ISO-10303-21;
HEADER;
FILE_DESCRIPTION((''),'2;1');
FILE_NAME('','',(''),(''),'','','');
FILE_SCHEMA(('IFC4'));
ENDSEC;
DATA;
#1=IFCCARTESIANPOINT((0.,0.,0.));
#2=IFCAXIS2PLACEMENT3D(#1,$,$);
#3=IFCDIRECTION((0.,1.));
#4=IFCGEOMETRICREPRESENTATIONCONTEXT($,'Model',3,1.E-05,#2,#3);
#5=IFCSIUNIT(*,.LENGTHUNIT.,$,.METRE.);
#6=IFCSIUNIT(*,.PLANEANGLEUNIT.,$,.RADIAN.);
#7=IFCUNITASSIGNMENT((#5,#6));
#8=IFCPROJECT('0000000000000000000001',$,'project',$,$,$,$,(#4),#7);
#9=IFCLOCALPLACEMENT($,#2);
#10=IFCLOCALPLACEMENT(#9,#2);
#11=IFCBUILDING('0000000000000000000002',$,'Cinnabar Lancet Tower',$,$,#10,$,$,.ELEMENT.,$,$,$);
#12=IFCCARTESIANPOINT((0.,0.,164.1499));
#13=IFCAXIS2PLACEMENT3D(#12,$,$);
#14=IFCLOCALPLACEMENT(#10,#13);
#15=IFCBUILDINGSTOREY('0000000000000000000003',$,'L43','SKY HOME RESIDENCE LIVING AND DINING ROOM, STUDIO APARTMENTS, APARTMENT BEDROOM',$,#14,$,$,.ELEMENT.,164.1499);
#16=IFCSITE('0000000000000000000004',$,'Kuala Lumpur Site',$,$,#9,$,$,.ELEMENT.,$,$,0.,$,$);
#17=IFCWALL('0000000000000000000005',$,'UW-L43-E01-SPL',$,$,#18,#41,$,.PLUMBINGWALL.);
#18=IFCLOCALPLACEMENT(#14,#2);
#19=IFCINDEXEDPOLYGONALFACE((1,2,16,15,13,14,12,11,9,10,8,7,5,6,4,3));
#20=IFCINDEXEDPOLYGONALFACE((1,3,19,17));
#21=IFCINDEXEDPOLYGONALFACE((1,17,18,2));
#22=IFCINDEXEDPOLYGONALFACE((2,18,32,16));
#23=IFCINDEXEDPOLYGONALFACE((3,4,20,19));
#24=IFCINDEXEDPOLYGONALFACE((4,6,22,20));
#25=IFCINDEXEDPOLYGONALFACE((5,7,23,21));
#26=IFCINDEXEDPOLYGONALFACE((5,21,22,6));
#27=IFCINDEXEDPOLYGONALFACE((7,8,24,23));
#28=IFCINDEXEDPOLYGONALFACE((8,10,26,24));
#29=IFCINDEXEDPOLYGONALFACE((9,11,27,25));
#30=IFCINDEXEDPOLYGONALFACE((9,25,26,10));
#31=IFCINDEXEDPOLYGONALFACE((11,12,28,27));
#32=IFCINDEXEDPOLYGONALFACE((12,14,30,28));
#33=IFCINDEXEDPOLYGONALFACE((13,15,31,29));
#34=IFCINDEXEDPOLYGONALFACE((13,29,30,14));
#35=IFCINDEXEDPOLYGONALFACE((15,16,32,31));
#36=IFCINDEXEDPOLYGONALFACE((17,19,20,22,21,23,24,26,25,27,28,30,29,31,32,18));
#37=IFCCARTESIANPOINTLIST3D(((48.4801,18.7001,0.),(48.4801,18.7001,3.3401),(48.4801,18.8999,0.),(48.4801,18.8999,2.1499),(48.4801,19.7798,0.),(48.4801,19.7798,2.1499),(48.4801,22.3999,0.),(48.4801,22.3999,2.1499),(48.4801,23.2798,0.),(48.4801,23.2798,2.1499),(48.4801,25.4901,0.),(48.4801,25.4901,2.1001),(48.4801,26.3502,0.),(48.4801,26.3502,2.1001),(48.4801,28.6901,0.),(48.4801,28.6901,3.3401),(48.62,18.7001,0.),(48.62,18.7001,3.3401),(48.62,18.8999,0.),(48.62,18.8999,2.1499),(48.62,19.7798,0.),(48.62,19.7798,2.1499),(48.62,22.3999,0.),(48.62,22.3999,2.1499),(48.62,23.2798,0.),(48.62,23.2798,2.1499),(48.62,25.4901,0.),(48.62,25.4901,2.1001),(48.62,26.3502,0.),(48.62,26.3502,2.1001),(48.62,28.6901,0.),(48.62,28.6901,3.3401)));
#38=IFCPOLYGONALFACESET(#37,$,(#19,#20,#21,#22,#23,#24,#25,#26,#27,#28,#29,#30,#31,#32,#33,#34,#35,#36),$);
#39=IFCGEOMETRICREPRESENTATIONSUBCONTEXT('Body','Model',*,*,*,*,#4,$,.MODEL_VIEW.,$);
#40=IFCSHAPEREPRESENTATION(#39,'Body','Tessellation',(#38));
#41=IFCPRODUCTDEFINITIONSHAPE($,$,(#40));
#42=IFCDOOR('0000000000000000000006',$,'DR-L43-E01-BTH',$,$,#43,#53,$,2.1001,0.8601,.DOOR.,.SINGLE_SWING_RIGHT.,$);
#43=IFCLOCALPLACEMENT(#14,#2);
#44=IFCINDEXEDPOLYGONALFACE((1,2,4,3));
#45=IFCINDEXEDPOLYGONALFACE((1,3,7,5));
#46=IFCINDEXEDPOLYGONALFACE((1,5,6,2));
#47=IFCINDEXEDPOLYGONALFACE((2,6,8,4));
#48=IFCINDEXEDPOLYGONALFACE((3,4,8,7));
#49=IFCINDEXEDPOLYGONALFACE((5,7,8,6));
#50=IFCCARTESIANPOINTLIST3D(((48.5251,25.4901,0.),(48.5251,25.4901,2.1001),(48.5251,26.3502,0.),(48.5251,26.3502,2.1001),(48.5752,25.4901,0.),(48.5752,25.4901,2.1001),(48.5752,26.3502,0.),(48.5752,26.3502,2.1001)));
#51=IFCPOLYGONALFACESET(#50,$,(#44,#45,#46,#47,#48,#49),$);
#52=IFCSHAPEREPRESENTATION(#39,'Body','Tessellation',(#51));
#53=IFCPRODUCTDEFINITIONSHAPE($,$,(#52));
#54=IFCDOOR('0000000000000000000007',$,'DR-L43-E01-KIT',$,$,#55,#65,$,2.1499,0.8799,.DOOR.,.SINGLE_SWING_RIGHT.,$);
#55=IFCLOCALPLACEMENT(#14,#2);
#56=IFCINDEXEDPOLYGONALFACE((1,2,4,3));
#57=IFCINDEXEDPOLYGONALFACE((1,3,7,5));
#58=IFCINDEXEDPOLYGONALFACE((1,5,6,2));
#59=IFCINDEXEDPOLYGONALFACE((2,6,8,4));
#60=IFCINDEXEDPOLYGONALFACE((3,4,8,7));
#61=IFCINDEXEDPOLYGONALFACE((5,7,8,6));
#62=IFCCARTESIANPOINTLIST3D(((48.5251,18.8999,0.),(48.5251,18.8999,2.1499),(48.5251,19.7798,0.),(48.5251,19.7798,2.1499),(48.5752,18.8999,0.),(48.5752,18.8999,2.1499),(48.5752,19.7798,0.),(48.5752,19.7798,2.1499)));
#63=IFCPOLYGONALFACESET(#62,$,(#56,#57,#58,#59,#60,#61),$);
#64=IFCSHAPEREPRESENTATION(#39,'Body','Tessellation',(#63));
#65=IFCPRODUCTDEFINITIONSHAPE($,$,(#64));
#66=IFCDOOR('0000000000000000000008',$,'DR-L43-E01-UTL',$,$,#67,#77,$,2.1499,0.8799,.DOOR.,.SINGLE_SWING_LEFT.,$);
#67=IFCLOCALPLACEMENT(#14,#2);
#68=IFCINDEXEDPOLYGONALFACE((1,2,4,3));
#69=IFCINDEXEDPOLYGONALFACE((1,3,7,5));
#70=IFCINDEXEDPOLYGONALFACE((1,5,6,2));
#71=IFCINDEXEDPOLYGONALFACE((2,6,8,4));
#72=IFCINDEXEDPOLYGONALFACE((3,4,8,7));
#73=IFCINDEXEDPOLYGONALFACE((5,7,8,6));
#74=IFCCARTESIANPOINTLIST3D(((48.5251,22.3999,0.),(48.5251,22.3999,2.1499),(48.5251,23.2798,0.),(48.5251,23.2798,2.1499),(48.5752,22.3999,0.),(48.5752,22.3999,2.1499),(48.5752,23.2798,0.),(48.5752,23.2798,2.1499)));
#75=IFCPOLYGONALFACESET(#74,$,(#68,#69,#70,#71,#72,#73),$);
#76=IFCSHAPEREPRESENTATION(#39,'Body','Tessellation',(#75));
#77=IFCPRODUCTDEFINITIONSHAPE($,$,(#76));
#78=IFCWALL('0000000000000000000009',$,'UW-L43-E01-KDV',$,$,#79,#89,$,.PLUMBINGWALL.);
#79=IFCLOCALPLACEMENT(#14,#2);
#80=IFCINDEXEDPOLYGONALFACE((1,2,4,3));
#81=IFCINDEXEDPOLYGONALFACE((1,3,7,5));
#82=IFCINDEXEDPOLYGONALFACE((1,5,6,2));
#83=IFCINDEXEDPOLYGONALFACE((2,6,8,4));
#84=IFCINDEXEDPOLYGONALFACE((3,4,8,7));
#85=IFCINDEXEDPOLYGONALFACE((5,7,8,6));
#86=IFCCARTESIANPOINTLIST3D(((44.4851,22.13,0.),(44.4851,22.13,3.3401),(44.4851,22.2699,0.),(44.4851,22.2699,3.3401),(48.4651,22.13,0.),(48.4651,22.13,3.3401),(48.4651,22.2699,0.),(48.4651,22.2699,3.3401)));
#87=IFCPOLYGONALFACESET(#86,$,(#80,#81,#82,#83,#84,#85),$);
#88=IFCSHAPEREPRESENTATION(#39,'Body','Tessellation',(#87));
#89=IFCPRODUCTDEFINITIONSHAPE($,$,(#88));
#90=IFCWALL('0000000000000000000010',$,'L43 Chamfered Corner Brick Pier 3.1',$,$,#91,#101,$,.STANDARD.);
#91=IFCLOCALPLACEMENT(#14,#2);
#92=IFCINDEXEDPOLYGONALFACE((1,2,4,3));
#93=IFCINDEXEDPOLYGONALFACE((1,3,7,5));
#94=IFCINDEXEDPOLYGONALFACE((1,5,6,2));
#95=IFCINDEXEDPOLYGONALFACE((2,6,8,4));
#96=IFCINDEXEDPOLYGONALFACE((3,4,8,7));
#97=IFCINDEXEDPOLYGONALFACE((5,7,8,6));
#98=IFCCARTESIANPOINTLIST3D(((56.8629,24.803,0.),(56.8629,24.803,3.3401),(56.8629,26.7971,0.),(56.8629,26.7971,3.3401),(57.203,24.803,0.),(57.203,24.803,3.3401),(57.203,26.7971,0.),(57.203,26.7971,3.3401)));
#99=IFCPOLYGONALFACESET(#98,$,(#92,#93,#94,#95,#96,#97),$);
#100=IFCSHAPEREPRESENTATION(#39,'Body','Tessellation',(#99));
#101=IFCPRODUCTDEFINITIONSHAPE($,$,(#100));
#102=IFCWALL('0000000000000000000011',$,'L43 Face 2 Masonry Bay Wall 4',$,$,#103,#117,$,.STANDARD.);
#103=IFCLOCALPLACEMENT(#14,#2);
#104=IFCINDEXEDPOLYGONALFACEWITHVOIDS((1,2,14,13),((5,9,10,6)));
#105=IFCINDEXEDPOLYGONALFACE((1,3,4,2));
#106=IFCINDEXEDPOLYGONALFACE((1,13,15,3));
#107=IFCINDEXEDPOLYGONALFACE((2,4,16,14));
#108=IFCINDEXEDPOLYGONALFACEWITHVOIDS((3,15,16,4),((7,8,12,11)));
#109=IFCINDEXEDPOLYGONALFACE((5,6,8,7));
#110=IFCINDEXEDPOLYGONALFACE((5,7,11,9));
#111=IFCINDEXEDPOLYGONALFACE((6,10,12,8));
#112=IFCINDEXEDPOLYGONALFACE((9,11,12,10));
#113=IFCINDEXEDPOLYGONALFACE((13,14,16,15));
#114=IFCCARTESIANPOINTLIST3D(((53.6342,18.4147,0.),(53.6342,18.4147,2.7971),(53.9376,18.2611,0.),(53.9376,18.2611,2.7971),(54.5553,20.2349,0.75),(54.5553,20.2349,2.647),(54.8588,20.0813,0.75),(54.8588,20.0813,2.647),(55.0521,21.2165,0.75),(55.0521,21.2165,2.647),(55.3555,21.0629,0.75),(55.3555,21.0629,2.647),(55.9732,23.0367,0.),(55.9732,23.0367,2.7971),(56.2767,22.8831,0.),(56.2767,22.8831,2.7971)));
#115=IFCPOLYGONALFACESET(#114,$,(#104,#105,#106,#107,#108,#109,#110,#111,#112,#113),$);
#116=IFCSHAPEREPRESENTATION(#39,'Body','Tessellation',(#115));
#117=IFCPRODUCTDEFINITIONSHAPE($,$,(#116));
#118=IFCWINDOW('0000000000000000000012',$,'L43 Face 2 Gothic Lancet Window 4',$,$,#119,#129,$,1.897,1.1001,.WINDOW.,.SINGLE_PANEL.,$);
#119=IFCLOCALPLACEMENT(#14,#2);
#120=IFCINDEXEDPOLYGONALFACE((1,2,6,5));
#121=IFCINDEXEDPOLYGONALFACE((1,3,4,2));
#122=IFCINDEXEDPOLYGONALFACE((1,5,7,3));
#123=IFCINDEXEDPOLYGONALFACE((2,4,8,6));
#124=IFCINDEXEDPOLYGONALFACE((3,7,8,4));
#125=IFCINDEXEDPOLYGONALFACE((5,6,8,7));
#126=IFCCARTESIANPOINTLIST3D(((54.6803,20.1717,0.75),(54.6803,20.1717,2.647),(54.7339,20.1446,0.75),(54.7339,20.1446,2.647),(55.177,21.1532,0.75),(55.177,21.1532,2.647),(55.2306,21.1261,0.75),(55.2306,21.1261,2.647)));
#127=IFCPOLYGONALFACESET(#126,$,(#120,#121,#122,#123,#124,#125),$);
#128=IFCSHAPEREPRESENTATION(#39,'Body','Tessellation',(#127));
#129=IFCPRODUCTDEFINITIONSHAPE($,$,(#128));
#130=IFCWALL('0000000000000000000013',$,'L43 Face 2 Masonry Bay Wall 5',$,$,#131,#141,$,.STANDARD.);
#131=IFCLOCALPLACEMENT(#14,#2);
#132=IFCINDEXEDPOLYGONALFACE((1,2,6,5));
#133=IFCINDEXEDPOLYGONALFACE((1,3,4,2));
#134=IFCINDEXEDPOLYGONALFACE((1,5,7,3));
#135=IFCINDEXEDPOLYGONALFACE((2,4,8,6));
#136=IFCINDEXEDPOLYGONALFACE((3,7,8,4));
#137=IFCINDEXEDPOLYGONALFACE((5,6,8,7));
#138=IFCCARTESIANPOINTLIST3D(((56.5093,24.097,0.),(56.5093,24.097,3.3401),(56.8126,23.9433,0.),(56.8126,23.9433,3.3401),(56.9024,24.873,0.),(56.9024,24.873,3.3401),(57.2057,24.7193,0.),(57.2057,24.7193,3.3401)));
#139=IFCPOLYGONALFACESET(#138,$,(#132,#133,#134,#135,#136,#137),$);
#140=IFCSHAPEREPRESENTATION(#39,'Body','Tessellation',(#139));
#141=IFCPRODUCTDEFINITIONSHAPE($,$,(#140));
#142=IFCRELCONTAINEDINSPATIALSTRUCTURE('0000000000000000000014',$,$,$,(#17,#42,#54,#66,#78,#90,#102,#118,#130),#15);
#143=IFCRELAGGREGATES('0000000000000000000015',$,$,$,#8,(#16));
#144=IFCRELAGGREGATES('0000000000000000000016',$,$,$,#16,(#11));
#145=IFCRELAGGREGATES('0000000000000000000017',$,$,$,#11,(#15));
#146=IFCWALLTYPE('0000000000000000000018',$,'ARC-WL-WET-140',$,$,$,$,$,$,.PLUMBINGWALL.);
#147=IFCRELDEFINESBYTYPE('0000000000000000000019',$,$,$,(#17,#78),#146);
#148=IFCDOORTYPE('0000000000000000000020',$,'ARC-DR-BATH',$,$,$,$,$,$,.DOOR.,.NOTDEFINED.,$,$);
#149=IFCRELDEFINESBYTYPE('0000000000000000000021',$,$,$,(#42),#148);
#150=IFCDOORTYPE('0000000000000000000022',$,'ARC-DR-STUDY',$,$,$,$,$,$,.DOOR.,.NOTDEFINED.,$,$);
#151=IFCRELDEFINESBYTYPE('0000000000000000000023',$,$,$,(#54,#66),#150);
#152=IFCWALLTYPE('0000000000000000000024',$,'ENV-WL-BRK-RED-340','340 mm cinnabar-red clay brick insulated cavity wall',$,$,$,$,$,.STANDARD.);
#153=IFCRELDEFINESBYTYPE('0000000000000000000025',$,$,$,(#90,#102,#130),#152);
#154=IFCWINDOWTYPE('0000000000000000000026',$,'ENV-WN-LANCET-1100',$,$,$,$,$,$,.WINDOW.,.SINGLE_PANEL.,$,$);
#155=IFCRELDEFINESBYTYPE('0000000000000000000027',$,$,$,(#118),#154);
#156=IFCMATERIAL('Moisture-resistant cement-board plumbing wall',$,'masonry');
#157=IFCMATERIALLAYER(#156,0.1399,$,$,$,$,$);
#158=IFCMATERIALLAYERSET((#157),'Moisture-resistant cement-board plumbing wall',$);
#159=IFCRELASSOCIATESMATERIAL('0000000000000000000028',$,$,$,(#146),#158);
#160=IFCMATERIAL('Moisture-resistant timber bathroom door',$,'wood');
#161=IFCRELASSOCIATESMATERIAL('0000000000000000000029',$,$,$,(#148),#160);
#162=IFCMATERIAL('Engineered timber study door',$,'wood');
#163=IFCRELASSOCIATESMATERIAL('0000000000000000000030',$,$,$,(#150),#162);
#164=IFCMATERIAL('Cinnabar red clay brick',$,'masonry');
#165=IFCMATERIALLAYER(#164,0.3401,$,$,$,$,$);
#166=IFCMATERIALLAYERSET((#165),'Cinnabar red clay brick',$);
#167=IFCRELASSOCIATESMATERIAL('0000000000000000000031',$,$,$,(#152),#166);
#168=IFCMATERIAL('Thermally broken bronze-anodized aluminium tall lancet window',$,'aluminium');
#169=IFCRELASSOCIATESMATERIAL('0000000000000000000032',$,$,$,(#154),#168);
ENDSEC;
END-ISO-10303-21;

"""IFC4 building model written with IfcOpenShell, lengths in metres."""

from ifc_helpers import new_model, si_unit, direction, frame, frame_2d, origin, place, context, subcontext, project, spatial, rectangle, extrude, material, layer, layer_set, type_object, element, fill, save


model = new_model("IFC4")

# Units and contexts
model_context = context("Model", 3, precision=1e-05, world=origin(), true_north=direction((0.0, 1.0)))
body_context = subcontext(model_context, "Body", "Model", "MODEL_VIEW")
ifc_project = project(units=[si_unit("LENGTHUNIT", "METRE"), si_unit("PLANEANGLEUNIT", "RADIAN")], contexts=[model_context])

# Site, building, storey
site_placement = place(None, origin())
site = spatial("IfcSite", under=ifc_project, at=site_placement, Name="Kuala Lumpur Site", CompositionType="ELEMENT", RefElevation=0.0)
building_placement = place(site_placement, origin())
building = spatial("IfcBuilding", under=site, at=building_placement, Name="Cinnabar Lancet Tower", CompositionType="ELEMENT")
storey_placement = place(building_placement, frame((0.0, 0.0, 164.1499)))
storey = spatial("IfcBuildingStorey", under=building, at=storey_placement, Name="L43", Description="SKY HOME RESIDENCE LIVING AND DINING ROOM, STUDIO APARTMENTS, APARTMENT BEDROOM", CompositionType="ELEMENT", Elevation=164.1499)

# Wall, openings, doors
ifc_material_1 = material(Name="Moisture-resistant cement-board plumbing wall", Category="masonry")
ifc_layer_1 = layer(ifc_material_1, 0.1399)
ifc_layer_set_1 = layer_set([ifc_layer_1], Name="Moisture-resistant cement-board plumbing wall")
wall_type_1 = type_object("IfcWallType", Name="ARC-WL-WET-140", PredefinedType="PLUMBINGWALL", material=ifc_layer_set_1)
wall_1_placement = place(storey_placement, frame((48.55, 18.7, 0.0), z_axis=(0.0, 0.0, 1.0), x_axis=(0.0, 1.0, 0.0)))
wall_1 = element("IfcWall", 1, at=wall_1_placement, inside=storey, type_object=wall_type_1, Name="UW-L43-E01-SPL", PredefinedType="PLUMBINGWALL", context=body_context, shape_type="SweptSolid", body=[
    extrude(rectangle(XDim=9.99, YDim=0.1399, at=frame_2d((4.9951, 0.0))), origin(), (0.0, 0.0, 1.0), 3.3401),
])
opening_1_placement = place(wall_1_placement, frame((0.2, 0.0, 0.0)))
opening_1 = element("IfcOpeningElement", 2, at=opening_1_placement, cuts=wall_1, PredefinedType="OPENING", context=body_context, shape_type="SweptSolid", body=[
    extrude(rectangle(XDim=0.8799, YDim=2.1499, at=frame_2d((0.4399, 1.075))), frame((0.0, 0.0798, 0.0), z_axis=(0.0, -1.0, 0.0), x_axis=(1.0, 0.0, 0.0)), (0.0, 0.0, 1.0), 0.1599),
])
opening_2_placement = place(wall_1_placement, frame((3.7, 0.0, 0.0)))
opening_2 = element("IfcOpeningElement", 3, at=opening_2_placement, cuts=wall_1, PredefinedType="OPENING", context=body_context, shape_type="SweptSolid", body=[
    extrude(rectangle(XDim=0.8799, YDim=2.1499, at=frame_2d((0.4399, 1.075))), frame((0.0, 0.0798, 0.0), z_axis=(0.0, -1.0, 0.0), x_axis=(1.0, 0.0, 0.0)), (0.0, 0.0, 1.0), 0.1599),
])
opening_3_placement = place(wall_1_placement, frame((6.79, 0.0, 0.0)))
opening_3 = element("IfcOpeningElement", 4, at=opening_3_placement, cuts=wall_1, PredefinedType="OPENING", context=body_context, shape_type="SweptSolid", body=[
    extrude(rectangle(XDim=0.8601, YDim=2.1001, at=frame_2d((0.4302, 1.05))), frame((0.0, 0.0798, 0.0), z_axis=(0.0, -1.0, 0.0), x_axis=(1.0, 0.0, 0.0)), (0.0, 0.0, 1.0), 0.1599),
])
ifc_material_2 = material(Name="Moisture-resistant timber bathroom door", Category="wood")
door_type_1 = type_object("IfcDoorType", Name="ARC-DR-BATH", OperationType="NOTDEFINED", PredefinedType="DOOR", material=ifc_material_2)
door_1_placement = place(opening_3_placement, origin())
door_1 = element("IfcDoor", 5, at=door_1_placement, inside=storey, type_object=door_type_1, Name="DR-L43-E01-BTH", OperationType="SINGLE_SWING_RIGHT", OverallHeight=2.1001, OverallWidth=0.8601, PredefinedType="DOOR", context=body_context, shape_type="SweptSolid", body=[
    extrude(rectangle(XDim=0.8601, YDim=2.1001, at=frame_2d((0.4302, 1.05))), frame((0.0, 0.0249, 0.0), z_axis=(0.0, -1.0, 0.0), x_axis=(1.0, 0.0, 0.0)), (0.0, 0.0, 1.0), 0.05),
])
fill(opening_3, door_1)
ifc_material_3 = material(Name="Engineered timber study door", Category="wood")
door_type_2 = type_object("IfcDoorType", Name="ARC-DR-STUDY", OperationType="NOTDEFINED", PredefinedType="DOOR", material=ifc_material_3)
door_2_placement = place(opening_1_placement, origin())
door_2 = element("IfcDoor", 6, at=door_2_placement, inside=storey, type_object=door_type_2, Name="DR-L43-E01-KIT", OperationType="SINGLE_SWING_RIGHT", OverallHeight=2.1499, OverallWidth=0.8799, PredefinedType="DOOR", context=body_context, shape_type="SweptSolid", body=[
    extrude(rectangle(XDim=0.8799, YDim=2.1499, at=frame_2d((0.4399, 1.075))), frame((0.0, 0.0249, 0.0), z_axis=(0.0, -1.0, 0.0), x_axis=(1.0, 0.0, 0.0)), (0.0, 0.0, 1.0), 0.05),
])
fill(opening_1, door_2)
door_3_placement = place(opening_2_placement, origin())
door_3 = element("IfcDoor", 7, at=door_3_placement, inside=storey, type_object=door_type_2, Name="DR-L43-E01-UTL", OperationType="SINGLE_SWING_LEFT", OverallHeight=2.1499, OverallWidth=0.8799, PredefinedType="DOOR", context=body_context, shape_type="SweptSolid", body=[
    extrude(rectangle(XDim=0.8799, YDim=2.1499, at=frame_2d((0.4399, 1.075))), frame((0.0, 0.0249, 0.0), z_axis=(0.0, -1.0, 0.0), x_axis=(1.0, 0.0, 0.0)), (0.0, 0.0, 1.0), 0.05),
])
fill(opening_2, door_3)

# Walls
wall_2_placement = place(storey_placement, frame((44.4851, 22.2, 0.0), z_axis=(0.0, 0.0, 1.0), x_axis=(1.0, 0.0, 0.0)))
element("IfcWall", 8, at=wall_2_placement, inside=storey, type_object=wall_type_1, Name="UW-L43-E01-KDV", PredefinedType="PLUMBINGWALL", context=body_context, shape_type="SweptSolid", body=[
    extrude(rectangle(XDim=3.98, YDim=0.1399, at=frame_2d((1.99, 0.0))), origin(), (0.0, 0.0, 1.0), 3.3401),
])
ifc_material_4 = material(Name="Cinnabar red clay brick", Category="masonry")
ifc_layer_2 = layer(ifc_material_4, 0.3401)
ifc_layer_set_2 = layer_set([ifc_layer_2], Name="Cinnabar red clay brick")
wall_type_2 = type_object("IfcWallType", Name="ENV-WL-BRK-RED-340", Description="340 mm cinnabar-red clay brick insulated cavity wall", PredefinedType="STANDARD", material=ifc_layer_set_2)
wall_3_placement = place(storey_placement, frame((57.033, 24.803, 0.0), z_axis=(0.0, 0.0, 1.0), x_axis=(0.0, 1.0, 0.0)))
element("IfcWall", 9, at=wall_3_placement, inside=storey, type_object=wall_type_2, Name="L43 Chamfered Corner Brick Pier 3.1", PredefinedType="STANDARD", context=body_context, shape_type="SweptSolid", body=[
    extrude(rectangle(XDim=1.9941, YDim=0.3401, at=frame_2d((0.9971, 0.0))), origin(), (0.0, 0.0, 1.0), 3.3401),
])

# Wall, opening, window
wall_4_placement = place(storey_placement, frame((53.7859, 18.3379, 0.0), z_axis=(0.0, 0.0, 1.0), x_axis=(0.451544, 0.892249, 0.0)))
wall_4 = element("IfcWall", 10, at=wall_4_placement, inside=storey, type_object=wall_type_2, Name="L43 Face 2 Masonry Bay Wall 4", PredefinedType="STANDARD", context=body_context, shape_type="SweptSolid", body=[
    extrude(rectangle(XDim=5.1802, YDim=0.3401, at=frame_2d((2.5901, 0.0))), origin(), (0.0, 0.0, 1.0), 2.7971),
])
opening_4_placement = place(wall_4_placement, frame((2.04, 0.0, 0.75)))
opening_4 = element("IfcOpeningElement", 11, at=opening_4_placement, cuts=wall_4, PredefinedType="OPENING", context=body_context, shape_type="SweptSolid", body=[
    extrude(rectangle(XDim=1.1001, YDim=1.897, at=frame_2d((0.55, 0.9485))), frame((0.0, 0.1799, 0.0), z_axis=(0.0, -1.0, 0.0), x_axis=(1.0, 0.0, 0.0)), (0.0, 0.0, 1.0), 0.3601),
])
ifc_material_5 = material(Name="Thermally broken bronze-anodized aluminium tall lancet window", Category="aluminium")
window_type = type_object("IfcWindowType", Name="ENV-WN-LANCET-1100", PartitioningType="SINGLE_PANEL", PredefinedType="WINDOW", material=ifc_material_5)
window_placement = place(opening_4_placement, origin())
window = element("IfcWindow", 12, at=window_placement, inside=storey, type_object=window_type, Name="L43 Face 2 Gothic Lancet Window 4", OverallHeight=1.897, OverallWidth=1.1001, PartitioningType="SINGLE_PANEL", PredefinedType="WINDOW", context=body_context, shape_type="SweptSolid", body=[
    extrude(rectangle(XDim=1.1001, YDim=1.897, at=frame_2d((0.55, 0.9485))), frame((0.0, 0.03, 0.0), z_axis=(0.0, -1.0, 0.0), x_axis=(1.0, 0.0, 0.0)), (0.0, 0.0, 1.0), 0.0601),
])
fill(opening_4, window)

# Wall
wall_5_placement = place(storey_placement, frame((56.6609, 24.02, 0.0), z_axis=(0.0, 0.0, 1.0), x_axis=(0.451923, 0.892057, 0.0)))
element("IfcWall", 13, at=wall_5_placement, inside=storey, type_object=wall_type_2, Name="L43 Face 2 Masonry Bay Wall 5", PredefinedType="STANDARD", context=body_context, shape_type="SweptSolid", body=[
    extrude(rectangle(XDim=0.8699, YDim=0.3401, at=frame_2d((0.4351, 0.0))), origin(), (0.0, 0.0, 1.0), 3.3401),
])

save(model, "model.ifc")
